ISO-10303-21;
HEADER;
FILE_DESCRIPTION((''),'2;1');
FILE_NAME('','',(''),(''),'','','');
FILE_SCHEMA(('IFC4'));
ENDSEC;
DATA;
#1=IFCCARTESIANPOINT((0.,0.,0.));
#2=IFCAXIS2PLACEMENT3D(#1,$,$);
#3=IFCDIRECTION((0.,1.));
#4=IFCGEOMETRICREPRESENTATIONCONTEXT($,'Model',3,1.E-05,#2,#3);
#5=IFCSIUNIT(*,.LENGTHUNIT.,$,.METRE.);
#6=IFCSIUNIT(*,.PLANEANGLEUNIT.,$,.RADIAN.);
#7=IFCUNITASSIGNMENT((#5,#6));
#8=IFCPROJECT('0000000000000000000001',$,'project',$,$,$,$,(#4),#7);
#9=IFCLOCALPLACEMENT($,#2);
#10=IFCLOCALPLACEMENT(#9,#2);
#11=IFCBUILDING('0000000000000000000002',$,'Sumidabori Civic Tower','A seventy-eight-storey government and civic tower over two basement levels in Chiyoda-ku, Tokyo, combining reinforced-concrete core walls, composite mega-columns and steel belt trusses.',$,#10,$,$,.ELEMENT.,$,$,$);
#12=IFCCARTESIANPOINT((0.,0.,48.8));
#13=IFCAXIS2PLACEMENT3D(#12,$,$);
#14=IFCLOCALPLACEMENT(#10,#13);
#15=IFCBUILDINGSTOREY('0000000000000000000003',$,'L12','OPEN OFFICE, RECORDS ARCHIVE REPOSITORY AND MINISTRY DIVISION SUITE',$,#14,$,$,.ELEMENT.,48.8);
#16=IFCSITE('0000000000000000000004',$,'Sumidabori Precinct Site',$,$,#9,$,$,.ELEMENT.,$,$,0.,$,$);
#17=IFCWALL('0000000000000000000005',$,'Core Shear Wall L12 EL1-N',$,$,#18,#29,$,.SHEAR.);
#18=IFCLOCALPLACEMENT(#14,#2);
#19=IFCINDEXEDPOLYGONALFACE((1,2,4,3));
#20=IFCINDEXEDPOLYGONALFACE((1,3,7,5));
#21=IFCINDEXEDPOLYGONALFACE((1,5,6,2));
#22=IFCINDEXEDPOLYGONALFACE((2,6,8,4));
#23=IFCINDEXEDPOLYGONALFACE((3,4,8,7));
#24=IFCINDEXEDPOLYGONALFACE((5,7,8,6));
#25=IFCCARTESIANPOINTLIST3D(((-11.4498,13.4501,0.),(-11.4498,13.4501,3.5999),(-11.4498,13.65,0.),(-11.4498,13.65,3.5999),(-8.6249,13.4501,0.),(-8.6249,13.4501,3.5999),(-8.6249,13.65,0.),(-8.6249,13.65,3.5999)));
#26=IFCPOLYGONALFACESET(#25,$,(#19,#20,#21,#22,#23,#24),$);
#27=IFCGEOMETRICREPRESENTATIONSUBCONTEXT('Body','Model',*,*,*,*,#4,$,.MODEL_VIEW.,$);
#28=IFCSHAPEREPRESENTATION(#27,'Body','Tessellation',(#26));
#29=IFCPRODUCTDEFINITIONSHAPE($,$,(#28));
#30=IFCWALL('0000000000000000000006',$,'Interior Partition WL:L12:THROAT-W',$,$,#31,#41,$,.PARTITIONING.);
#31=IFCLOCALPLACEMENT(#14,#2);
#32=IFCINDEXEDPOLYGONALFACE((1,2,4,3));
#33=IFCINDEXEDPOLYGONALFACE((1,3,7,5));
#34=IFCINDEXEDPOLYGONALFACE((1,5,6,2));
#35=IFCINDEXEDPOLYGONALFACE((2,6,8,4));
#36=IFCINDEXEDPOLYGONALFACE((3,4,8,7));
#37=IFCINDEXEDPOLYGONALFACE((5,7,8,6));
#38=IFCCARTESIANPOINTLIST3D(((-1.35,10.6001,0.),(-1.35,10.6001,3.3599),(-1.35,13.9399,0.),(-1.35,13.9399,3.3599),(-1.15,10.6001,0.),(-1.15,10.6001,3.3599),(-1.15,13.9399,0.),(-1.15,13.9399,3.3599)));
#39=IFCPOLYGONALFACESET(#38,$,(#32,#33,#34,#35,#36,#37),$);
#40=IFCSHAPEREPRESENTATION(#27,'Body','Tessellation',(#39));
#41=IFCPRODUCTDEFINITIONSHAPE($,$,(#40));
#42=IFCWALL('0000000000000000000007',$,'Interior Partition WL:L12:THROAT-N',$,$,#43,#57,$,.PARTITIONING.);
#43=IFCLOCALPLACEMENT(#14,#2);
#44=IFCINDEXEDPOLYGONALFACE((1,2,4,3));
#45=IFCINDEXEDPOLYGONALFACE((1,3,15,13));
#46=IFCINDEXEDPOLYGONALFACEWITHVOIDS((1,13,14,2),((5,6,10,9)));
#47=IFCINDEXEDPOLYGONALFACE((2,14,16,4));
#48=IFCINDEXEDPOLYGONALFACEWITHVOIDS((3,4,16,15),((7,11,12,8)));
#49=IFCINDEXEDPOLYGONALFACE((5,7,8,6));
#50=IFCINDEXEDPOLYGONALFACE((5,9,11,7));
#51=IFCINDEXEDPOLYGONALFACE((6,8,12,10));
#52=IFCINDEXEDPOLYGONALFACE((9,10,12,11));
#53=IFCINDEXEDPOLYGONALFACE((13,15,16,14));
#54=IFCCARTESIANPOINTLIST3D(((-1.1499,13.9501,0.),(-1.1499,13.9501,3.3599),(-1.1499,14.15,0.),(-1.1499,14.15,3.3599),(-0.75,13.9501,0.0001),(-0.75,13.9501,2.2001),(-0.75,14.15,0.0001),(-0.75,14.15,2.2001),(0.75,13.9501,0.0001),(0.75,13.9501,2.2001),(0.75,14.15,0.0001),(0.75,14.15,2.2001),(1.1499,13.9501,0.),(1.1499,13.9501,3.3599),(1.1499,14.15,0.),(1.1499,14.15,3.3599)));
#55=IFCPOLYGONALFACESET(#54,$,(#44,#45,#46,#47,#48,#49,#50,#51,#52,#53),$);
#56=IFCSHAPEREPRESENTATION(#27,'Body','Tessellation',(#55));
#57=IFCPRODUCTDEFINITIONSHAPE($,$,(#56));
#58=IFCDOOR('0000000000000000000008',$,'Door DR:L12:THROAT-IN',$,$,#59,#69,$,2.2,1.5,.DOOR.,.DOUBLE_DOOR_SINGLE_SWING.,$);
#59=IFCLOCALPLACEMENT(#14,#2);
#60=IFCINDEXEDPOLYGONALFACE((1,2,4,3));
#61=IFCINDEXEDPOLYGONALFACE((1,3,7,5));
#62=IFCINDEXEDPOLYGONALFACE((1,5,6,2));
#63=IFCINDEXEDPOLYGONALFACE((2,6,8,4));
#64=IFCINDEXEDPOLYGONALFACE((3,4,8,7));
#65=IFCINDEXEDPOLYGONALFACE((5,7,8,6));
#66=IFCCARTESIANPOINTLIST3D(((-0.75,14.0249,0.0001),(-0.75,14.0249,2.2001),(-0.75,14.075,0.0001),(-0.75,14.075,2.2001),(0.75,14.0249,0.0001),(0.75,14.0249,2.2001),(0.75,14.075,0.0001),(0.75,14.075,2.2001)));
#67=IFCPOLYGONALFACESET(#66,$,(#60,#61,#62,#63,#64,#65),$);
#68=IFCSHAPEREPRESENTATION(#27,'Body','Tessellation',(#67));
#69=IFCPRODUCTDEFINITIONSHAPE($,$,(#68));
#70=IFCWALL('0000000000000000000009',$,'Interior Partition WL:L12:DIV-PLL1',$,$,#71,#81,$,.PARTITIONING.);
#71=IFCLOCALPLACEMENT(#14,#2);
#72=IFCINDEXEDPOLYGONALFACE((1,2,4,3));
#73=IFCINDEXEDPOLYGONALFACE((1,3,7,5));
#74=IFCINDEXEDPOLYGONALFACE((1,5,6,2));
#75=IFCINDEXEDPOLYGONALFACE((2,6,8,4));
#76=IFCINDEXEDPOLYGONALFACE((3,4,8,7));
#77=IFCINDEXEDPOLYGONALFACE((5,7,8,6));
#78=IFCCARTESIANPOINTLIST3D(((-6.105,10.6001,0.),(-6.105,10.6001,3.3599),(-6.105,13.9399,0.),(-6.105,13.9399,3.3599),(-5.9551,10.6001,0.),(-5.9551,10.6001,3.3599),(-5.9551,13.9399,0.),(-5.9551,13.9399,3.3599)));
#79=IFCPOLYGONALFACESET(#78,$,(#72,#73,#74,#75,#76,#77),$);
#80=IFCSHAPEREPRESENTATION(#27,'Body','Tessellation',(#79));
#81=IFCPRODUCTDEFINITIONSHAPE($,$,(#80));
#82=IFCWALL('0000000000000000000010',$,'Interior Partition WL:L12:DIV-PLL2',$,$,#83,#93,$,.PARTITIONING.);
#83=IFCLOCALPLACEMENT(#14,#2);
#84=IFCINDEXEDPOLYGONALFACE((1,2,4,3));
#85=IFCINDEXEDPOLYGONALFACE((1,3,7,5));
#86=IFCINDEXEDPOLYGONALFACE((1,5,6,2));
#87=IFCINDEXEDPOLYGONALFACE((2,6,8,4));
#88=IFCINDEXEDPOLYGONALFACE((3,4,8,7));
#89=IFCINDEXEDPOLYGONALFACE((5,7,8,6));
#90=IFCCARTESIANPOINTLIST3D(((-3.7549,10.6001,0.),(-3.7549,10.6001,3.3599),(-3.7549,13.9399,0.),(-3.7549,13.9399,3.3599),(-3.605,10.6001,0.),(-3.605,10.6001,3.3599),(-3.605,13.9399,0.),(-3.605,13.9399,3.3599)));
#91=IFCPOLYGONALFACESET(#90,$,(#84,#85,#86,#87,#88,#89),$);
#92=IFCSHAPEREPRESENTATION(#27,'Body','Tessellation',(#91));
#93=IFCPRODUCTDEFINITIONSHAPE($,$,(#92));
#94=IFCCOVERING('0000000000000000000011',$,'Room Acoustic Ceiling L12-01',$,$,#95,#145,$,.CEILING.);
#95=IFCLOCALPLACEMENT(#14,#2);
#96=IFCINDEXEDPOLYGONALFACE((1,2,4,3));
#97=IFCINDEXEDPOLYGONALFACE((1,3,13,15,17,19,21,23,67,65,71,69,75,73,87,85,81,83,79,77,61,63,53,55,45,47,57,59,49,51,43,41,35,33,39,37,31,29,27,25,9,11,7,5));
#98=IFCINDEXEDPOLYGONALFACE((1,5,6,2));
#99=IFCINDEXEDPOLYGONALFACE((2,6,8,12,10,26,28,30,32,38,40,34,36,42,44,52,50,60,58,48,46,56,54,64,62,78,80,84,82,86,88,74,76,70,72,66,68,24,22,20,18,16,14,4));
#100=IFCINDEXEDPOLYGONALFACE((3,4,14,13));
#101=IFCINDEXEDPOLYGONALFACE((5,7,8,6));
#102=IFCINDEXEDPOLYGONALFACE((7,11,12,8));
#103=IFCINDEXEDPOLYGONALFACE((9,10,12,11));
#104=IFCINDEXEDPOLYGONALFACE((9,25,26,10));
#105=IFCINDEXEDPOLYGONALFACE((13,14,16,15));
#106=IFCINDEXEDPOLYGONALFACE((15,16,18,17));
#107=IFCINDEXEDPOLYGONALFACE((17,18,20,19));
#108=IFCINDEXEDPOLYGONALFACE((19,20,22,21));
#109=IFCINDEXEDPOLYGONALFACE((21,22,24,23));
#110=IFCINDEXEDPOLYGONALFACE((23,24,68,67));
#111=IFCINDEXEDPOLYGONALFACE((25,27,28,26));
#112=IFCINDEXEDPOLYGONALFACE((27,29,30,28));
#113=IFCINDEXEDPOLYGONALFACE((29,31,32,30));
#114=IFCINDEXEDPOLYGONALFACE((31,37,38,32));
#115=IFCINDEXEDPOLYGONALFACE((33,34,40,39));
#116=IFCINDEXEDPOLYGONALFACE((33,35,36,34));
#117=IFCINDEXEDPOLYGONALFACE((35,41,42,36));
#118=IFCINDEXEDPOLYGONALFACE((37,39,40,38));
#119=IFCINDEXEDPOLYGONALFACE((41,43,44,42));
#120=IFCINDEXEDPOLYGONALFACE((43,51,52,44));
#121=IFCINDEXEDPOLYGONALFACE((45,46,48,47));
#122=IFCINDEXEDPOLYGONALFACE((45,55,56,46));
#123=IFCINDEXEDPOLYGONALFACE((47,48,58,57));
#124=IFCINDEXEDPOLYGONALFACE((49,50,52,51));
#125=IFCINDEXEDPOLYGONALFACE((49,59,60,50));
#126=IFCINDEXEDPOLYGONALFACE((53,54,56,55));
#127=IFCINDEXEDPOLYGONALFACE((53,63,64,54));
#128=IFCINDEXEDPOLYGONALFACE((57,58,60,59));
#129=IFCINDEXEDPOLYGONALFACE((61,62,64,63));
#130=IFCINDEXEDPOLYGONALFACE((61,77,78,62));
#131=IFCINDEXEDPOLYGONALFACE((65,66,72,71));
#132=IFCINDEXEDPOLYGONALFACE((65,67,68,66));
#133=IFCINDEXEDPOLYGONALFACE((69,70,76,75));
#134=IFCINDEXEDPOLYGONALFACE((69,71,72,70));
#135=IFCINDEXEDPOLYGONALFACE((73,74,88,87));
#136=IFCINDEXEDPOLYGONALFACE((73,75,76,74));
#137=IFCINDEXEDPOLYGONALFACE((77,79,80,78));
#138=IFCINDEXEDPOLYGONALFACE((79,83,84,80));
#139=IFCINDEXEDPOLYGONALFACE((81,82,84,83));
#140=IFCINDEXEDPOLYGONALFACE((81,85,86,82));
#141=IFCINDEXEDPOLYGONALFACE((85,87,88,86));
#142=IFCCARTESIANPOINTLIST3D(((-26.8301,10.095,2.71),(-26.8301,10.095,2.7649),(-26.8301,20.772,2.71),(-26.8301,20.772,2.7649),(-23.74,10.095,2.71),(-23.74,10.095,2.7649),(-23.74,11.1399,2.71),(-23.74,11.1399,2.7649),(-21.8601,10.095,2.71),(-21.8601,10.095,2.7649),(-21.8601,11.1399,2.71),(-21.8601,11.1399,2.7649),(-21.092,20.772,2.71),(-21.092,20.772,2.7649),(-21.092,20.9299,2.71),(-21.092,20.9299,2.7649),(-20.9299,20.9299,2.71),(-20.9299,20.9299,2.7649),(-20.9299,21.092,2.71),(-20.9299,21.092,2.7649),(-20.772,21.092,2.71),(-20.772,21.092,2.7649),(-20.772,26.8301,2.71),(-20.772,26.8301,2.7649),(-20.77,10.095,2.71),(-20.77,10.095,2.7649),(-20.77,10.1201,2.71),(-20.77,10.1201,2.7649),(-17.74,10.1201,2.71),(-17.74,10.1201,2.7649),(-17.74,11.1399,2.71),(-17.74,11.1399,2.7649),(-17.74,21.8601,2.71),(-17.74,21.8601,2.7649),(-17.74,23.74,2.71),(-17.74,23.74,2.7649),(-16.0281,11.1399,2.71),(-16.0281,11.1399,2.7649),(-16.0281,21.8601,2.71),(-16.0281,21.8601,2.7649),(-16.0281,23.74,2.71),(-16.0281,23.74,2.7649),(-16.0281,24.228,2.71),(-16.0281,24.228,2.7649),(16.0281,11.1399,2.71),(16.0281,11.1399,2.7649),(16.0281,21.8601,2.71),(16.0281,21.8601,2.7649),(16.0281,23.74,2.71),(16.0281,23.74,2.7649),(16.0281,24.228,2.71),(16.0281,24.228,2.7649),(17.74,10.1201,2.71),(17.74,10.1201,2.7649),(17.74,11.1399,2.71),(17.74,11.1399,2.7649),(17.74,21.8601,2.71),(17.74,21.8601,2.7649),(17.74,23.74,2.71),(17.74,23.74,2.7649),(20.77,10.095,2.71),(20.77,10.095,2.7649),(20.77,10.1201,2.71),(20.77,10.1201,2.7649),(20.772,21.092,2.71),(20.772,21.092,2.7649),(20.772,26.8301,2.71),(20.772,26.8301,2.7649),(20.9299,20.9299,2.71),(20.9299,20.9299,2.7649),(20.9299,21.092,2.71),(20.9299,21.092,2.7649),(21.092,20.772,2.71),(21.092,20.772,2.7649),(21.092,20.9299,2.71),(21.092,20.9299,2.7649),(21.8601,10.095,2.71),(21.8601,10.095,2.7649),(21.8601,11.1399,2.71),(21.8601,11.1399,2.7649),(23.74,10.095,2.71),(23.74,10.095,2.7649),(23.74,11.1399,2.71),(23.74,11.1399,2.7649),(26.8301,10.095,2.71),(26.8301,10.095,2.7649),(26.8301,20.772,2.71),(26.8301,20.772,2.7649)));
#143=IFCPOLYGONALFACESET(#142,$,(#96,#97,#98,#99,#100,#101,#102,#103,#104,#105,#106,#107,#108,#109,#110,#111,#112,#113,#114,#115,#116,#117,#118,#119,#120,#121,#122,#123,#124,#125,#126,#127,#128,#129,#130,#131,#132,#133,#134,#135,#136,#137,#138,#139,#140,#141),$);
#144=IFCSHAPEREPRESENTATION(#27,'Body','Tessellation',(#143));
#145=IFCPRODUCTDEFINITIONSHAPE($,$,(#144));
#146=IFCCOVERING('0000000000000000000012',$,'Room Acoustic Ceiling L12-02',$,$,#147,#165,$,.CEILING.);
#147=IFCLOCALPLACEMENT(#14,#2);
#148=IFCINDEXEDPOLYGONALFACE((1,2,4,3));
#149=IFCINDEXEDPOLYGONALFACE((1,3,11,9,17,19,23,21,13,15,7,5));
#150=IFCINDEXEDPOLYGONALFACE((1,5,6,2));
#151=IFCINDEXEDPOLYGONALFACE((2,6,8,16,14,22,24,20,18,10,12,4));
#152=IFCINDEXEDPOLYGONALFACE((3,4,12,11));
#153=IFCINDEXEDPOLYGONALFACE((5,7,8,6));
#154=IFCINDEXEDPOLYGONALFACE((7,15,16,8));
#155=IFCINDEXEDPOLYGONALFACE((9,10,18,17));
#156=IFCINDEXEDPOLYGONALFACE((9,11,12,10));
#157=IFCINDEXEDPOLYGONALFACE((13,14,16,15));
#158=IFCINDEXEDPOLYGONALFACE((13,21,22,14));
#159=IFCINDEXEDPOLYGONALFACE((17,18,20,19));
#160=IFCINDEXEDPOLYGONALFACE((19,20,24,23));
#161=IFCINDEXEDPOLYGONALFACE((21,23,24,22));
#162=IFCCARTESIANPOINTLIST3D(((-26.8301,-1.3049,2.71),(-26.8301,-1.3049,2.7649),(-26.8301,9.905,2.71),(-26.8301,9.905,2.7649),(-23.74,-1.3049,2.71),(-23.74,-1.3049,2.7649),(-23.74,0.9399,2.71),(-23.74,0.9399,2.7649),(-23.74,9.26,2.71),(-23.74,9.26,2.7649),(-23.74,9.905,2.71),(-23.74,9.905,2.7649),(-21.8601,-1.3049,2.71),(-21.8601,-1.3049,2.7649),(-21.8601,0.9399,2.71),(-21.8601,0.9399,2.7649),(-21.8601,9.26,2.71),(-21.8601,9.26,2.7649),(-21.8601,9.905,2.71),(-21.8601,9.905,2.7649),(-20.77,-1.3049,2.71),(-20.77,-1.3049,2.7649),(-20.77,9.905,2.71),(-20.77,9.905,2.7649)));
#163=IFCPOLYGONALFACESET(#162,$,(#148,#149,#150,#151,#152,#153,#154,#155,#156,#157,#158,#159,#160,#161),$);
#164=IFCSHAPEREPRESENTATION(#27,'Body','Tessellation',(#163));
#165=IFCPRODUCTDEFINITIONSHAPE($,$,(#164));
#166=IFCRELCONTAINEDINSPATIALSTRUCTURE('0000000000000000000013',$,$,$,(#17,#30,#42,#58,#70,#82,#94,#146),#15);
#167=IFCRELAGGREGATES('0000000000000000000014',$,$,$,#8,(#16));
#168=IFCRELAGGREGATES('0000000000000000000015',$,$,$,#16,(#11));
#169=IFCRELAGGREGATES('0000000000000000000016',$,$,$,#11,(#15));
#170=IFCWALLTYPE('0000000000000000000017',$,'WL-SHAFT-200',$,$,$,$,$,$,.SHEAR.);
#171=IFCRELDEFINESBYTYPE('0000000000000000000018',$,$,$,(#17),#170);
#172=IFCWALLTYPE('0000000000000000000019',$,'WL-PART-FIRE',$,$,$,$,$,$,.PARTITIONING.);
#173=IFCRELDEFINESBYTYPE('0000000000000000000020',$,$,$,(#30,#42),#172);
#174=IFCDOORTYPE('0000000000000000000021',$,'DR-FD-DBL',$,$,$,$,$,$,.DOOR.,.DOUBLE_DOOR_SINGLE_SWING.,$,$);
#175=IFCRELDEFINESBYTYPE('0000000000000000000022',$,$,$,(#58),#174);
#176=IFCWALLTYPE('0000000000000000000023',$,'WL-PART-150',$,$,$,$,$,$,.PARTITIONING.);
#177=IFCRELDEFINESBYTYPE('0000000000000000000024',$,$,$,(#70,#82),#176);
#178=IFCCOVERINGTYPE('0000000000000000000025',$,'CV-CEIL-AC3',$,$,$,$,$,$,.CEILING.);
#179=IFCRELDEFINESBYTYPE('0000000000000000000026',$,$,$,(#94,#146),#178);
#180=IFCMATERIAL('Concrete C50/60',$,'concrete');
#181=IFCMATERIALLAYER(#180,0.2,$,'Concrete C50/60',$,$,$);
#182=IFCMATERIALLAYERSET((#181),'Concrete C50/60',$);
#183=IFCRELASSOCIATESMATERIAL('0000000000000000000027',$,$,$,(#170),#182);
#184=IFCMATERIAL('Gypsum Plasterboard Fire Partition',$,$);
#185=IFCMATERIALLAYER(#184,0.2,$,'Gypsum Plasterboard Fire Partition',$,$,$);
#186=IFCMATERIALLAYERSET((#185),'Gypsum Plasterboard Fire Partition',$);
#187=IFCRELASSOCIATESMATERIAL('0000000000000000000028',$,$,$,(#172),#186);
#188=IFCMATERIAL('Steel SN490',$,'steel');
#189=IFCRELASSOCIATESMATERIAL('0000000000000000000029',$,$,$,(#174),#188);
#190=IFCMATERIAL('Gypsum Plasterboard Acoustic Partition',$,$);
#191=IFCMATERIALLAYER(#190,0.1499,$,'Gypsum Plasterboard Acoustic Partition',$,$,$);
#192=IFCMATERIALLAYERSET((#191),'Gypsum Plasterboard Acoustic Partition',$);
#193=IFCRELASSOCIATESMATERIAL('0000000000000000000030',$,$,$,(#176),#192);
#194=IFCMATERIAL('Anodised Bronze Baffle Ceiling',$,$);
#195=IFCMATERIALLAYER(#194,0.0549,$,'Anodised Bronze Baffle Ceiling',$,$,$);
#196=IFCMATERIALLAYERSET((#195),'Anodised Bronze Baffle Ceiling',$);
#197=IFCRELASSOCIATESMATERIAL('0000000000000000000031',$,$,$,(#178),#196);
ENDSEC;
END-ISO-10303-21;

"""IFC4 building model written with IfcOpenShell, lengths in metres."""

from ifc_helpers import new_model, si_unit, direction, frame, frame_2d, origin, place, context, subcontext, project, spatial, polyline, rectangle, outline, extrude, source, transform, mapped, material, layer, layer_set, type_object, element, fill, save


model = new_model("IFC4")

# Units and contexts
model_context = context("Model", 3, precision=1e-05, world=origin(), true_north=direction((0.0, 1.0)))
body_context = subcontext(model_context, "Body", "Model", "MODEL_VIEW")
ifc_project = project(units=[si_unit("LENGTHUNIT", "METRE"), si_unit("PLANEANGLEUNIT", "RADIAN")], contexts=[model_context])

# Site, building, storey
site_placement = place(None, origin())
site = spatial("IfcSite", under=ifc_project, at=site_placement, Name="Sumidabori Precinct Site", CompositionType="ELEMENT", RefElevation=0.0)
building_placement = place(site_placement, origin())
building = spatial("IfcBuilding", under=site, at=building_placement, Name="Sumidabori Civic Tower", Description="A seventy-eight-storey government and civic tower over two basement levels in Chiyoda-ku, Tokyo, combining reinforced-concrete core walls, composite mega-columns and steel belt trusses.", CompositionType="ELEMENT")
storey_placement = place(building_placement, frame((0.0, 0.0, 48.8)))
storey = spatial("IfcBuildingStorey", under=building, at=storey_placement, Name="L12", Description="OPEN OFFICE, RECORDS ARCHIVE REPOSITORY AND MINISTRY DIVISION SUITE", CompositionType="ELEMENT", Elevation=48.8)

# Shared definitions
ifc_material_1 = material(Name="Concrete C50/60", Category="concrete")

# Shared definitions
ifc_material_2 = material(Name="Steel SN490", Category="steel")

# Shared definitions
ifc_layer_1 = layer(ifc_material_1, 0.2, Name="Concrete C50/60")
ifc_layer_set_1 = layer_set([ifc_layer_1], Name="Concrete C50/60")
wall_type_1 = type_object("IfcWallType", Name="WL-SHAFT-200", PredefinedType="SHEAR", material=ifc_layer_set_1)

# Wall
shared_shape_1 = source(origin(), body_context, "Body", "SweptSolid", [
    extrude(rectangle(XDim=2.825, YDim=0.2, at=frame_2d((1.4126, 0.0))), origin(), (0.0, 0.0, 1.0), 3.5999),
])
wall_1_placement = place(storey_placement, frame((-11.45, 13.55, 0.0), z_axis=(0.0, 0.0, 1.0), x_axis=(1.0, 0.0, 0.0)))
element("IfcWall", 1, at=wall_1_placement, inside=storey, type_object=wall_type_1, Name="Core Shear Wall L12 EL1-N", PredefinedType="SHEAR", context=body_context, shape_type="MappedRepresentation", body=[
    mapped(shared_shape_1, transform((0.0, 0.0, 0.0), x_axis=(1.0, 0.0, 0.0), y_axis=(0.0, 1.0, 0.0), z_axis=(0.0, 0.0, 1.0), scale=1.0)),
])

# Shared definitions
ifc_material_3 = material(Name="Gypsum Plasterboard Fire Partition")
ifc_layer_2 = layer(ifc_material_3, 0.2, Name="Gypsum Plasterboard Fire Partition")
ifc_layer_set_2 = layer_set([ifc_layer_2], Name="Gypsum Plasterboard Fire Partition")
wall_type_2 = type_object("IfcWallType", Name="WL-PART-FIRE", PredefinedType="PARTITIONING", material=ifc_layer_set_2)

# Wall
shared_shape_2 = source(origin(), body_context, "Body", "SweptSolid", [
    extrude(rectangle(XDim=3.3398, YDim=0.2, at=frame_2d((1.6699, 0.0))), origin(), (0.0, 0.0, 1.0), 3.3599),
])
wall_2_placement = place(storey_placement, frame((-1.25, 10.6001, 0.0), z_axis=(0.0, 0.0, 1.0), x_axis=(0.0, 1.0, 0.0)))
element("IfcWall", 2, at=wall_2_placement, inside=storey, type_object=wall_type_2, Name="Interior Partition WL:L12:THROAT-W", PredefinedType="PARTITIONING", context=body_context, shape_type="MappedRepresentation", body=[
    mapped(shared_shape_2, transform((0.0, 0.0, 0.0), x_axis=(1.0, 0.0, 0.0), y_axis=(0.0, 1.0, 0.0), z_axis=(0.0, 0.0, 1.0), scale=1.0)),
])

# Wall, opening, door
shared_shape_3 = source(origin(), body_context, "Body", "SweptSolid", [
    extrude(rectangle(XDim=2.2998, YDim=0.2, at=frame_2d((1.1499, 0.0))), origin(), (0.0, 0.0, 1.0), 3.3599),
])
wall_3_placement = place(storey_placement, frame((-1.1499, 14.05, 0.0), z_axis=(0.0, 0.0, 1.0), x_axis=(1.0, 0.0, 0.0)))
wall_3 = element("IfcWall", 3, at=wall_3_placement, inside=storey, type_object=wall_type_2, Name="Interior Partition WL:L12:THROAT-N", PredefinedType="PARTITIONING", context=body_context, shape_type="MappedRepresentation", body=[
    mapped(shared_shape_3, transform((0.0, 0.0, 0.0), x_axis=(1.0, 0.0, 0.0), y_axis=(0.0, 1.0, 0.0), z_axis=(0.0, 0.0, 1.0), scale=1.0)),
])
opening_1_placement = place(wall_3_placement, frame((0.3999, 0.0, 0.0)))
opening_1 = element("IfcOpeningElement", 4, at=opening_1_placement, cuts=wall_3, PredefinedType="OPENING", context=body_context, shape_type="SweptSolid", body=[
    extrude(rectangle(XDim=1.5, YDim=2.2, at=frame_2d((0.75, 1.1001))), frame((0.0, 0.1118, 0.0), z_axis=(0.0, -1.0, 0.0), x_axis=(1.0, 0.0, 0.0)), (0.0, 0.0, 1.0), 0.2239),
])
door_type_1 = type_object("IfcDoorType", Name="DR-FD-DBL", OperationType="DOUBLE_DOOR_SINGLE_SWING", PredefinedType="DOOR", material=ifc_material_2)
shared_shape_4 = source(origin(), body_context, "Body", "SweptSolid", [
    extrude(rectangle(XDim=1.5, YDim=2.2, at=frame_2d((0.75, 1.1001))), frame((0.0, 0.0249, 0.0), z_axis=(0.0, -1.0, 0.0), x_axis=(1.0, 0.0, 0.0)), (0.0, 0.0, 1.0), 0.05),
])
door_1_placement = place(opening_1_placement, origin())
door_1 = element("IfcDoor", 5, at=door_1_placement, inside=storey, type_object=door_type_1, Name="Door DR:L12:THROAT-IN", OperationType="DOUBLE_DOOR_SINGLE_SWING", OverallHeight=2.2, OverallWidth=1.5, PredefinedType="DOOR", context=body_context, shape_type="MappedRepresentation", body=[
    mapped(shared_shape_4, transform((0.0, 0.0, 0.0), x_axis=(1.0, 0.0, 0.0), y_axis=(0.0, 1.0, 0.0), z_axis=(0.0, 0.0, 1.0), scale=1.0)),
])
fill(opening_1, door_1)

# Walls
ifc_material_4 = material(Name="Gypsum Plasterboard Acoustic Partition")
ifc_layer_3 = layer(ifc_material_4, 0.1499, Name="Gypsum Plasterboard Acoustic Partition")
ifc_layer_set_3 = layer_set([ifc_layer_3], Name="Gypsum Plasterboard Acoustic Partition")
wall_type_3 = type_object("IfcWallType", Name="WL-PART-150", PredefinedType="PARTITIONING", material=ifc_layer_set_3)
shared_shape_5 = source(origin(), body_context, "Body", "SweptSolid", [
    extrude(rectangle(XDim=3.3398, YDim=0.1499, at=frame_2d((1.6699, 0.0))), origin(), (0.0, 0.0, 1.0), 3.3599),
])
for number, where, z_axis, x_axis, name in (
    (6, (-6.03, 10.6001, 0.0), (0.0, 0.0, 1.0), (0.0, 1.0, 0.0), "Interior Partition WL:L12:DIV-PLL1"),
    (7, (-3.6799, 10.6001, 0.0), (0.0, 0.0, 1.0), (0.0, 1.0, 0.0), "Interior Partition WL:L12:DIV-PLL2"),
):
    element("IfcWall", number, at=place(storey_placement, frame(where, z_axis=z_axis, x_axis=x_axis)), inside=storey, type_object=wall_type_3, Name=name, PredefinedType="PARTITIONING", context=body_context, shape_type="MappedRepresentation", body=[
        mapped(shared_shape_5, transform((0.0, 0.0, 0.0), x_axis=(1.0, 0.0, 0.0), y_axis=(0.0, 1.0, 0.0), z_axis=(0.0, 0.0, 1.0), scale=1.0)),
    ])

# Coverings
ifc_material_5 = material(Name="Anodised Bronze Baffle Ceiling")
ifc_layer_4 = layer(ifc_material_5, 0.0549, Name="Anodised Bronze Baffle Ceiling")
ifc_layer_set_4 = layer_set([ifc_layer_4], Name="Anodised Bronze Baffle Ceiling")
covering_type_1 = type_object("IfcCoveringType", Name="CV-CEIL-AC3", PredefinedType="CEILING", material=ifc_layer_set_4)
covering_1_placement = place(storey_placement, frame((0.0, 0.0, 2.71)))
element("IfcCovering", 8, at=covering_1_placement, inside=storey, type_object=covering_type_1, Name="Room Acoustic Ceiling L12-01", PredefinedType="CEILING", context=body_context, shape_type="SweptSolid", body=[
    extrude(outline(polyline([(-26.8301, 10.095), (-26.8301, 20.772), (-21.092, 20.772), (-21.092, 20.9299), (-20.9299, 20.9299), (-20.9299, 21.092), (-20.772, 21.092), (-20.772, 26.8301), (20.772, 26.8301), (20.772, 21.092), (20.9299, 21.092), (20.9299, 20.9299), (21.092, 20.9299), (21.092, 20.772), (26.8301, 20.772), (26.8301, 10.095), (23.74, 10.095), (23.74, 11.1399), (21.8601, 11.1399), (21.8601, 10.095), (20.77, 10.095), (20.77, 10.1201), (17.74, 10.1201), (17.74, 11.1399), (16.0281, 11.1399), (16.0281, 21.8601), (17.74, 21.8601), (17.74, 23.74), (16.0281, 23.74), (16.0281, 24.228), (-16.0281, 24.228), (-16.0281, 23.74), (-17.74, 23.74), (-17.74, 21.8601), (-16.0281, 21.8601), (-16.0281, 11.1399), (-17.74, 11.1399), (-17.74, 10.1201), (-20.77, 10.1201), (-20.77, 10.095), (-21.8601, 10.095), (-21.8601, 11.1399), (-23.74, 11.1399), (-23.74, 10.095), (-26.8301, 10.095)])), origin(), (0.0, 0.0, 1.0), 0.0549),
])
covering_2_placement = place(storey_placement, frame((0.0, 0.0, 2.71)))
element("IfcCovering", 9, at=covering_2_placement, inside=storey, type_object=covering_type_1, Name="Room Acoustic Ceiling L12-02", PredefinedType="CEILING", context=body_context, shape_type="SweptSolid", body=[
    extrude(outline(polyline([(-26.8301, -1.3049), (-26.8301, 9.905), (-23.74, 9.905), (-23.74, 9.26), (-21.8601, 9.26), (-21.8601, 9.905), (-20.77, 9.905), (-20.77, -1.3049), (-21.8601, -1.3049), (-21.8601, 0.9399), (-23.74, 0.9399), (-23.74, -1.3049), (-26.8301, -1.3049)])), origin(), (0.0, 0.0, 1.0), 0.0549),
])

save(model, "model.ifc")
